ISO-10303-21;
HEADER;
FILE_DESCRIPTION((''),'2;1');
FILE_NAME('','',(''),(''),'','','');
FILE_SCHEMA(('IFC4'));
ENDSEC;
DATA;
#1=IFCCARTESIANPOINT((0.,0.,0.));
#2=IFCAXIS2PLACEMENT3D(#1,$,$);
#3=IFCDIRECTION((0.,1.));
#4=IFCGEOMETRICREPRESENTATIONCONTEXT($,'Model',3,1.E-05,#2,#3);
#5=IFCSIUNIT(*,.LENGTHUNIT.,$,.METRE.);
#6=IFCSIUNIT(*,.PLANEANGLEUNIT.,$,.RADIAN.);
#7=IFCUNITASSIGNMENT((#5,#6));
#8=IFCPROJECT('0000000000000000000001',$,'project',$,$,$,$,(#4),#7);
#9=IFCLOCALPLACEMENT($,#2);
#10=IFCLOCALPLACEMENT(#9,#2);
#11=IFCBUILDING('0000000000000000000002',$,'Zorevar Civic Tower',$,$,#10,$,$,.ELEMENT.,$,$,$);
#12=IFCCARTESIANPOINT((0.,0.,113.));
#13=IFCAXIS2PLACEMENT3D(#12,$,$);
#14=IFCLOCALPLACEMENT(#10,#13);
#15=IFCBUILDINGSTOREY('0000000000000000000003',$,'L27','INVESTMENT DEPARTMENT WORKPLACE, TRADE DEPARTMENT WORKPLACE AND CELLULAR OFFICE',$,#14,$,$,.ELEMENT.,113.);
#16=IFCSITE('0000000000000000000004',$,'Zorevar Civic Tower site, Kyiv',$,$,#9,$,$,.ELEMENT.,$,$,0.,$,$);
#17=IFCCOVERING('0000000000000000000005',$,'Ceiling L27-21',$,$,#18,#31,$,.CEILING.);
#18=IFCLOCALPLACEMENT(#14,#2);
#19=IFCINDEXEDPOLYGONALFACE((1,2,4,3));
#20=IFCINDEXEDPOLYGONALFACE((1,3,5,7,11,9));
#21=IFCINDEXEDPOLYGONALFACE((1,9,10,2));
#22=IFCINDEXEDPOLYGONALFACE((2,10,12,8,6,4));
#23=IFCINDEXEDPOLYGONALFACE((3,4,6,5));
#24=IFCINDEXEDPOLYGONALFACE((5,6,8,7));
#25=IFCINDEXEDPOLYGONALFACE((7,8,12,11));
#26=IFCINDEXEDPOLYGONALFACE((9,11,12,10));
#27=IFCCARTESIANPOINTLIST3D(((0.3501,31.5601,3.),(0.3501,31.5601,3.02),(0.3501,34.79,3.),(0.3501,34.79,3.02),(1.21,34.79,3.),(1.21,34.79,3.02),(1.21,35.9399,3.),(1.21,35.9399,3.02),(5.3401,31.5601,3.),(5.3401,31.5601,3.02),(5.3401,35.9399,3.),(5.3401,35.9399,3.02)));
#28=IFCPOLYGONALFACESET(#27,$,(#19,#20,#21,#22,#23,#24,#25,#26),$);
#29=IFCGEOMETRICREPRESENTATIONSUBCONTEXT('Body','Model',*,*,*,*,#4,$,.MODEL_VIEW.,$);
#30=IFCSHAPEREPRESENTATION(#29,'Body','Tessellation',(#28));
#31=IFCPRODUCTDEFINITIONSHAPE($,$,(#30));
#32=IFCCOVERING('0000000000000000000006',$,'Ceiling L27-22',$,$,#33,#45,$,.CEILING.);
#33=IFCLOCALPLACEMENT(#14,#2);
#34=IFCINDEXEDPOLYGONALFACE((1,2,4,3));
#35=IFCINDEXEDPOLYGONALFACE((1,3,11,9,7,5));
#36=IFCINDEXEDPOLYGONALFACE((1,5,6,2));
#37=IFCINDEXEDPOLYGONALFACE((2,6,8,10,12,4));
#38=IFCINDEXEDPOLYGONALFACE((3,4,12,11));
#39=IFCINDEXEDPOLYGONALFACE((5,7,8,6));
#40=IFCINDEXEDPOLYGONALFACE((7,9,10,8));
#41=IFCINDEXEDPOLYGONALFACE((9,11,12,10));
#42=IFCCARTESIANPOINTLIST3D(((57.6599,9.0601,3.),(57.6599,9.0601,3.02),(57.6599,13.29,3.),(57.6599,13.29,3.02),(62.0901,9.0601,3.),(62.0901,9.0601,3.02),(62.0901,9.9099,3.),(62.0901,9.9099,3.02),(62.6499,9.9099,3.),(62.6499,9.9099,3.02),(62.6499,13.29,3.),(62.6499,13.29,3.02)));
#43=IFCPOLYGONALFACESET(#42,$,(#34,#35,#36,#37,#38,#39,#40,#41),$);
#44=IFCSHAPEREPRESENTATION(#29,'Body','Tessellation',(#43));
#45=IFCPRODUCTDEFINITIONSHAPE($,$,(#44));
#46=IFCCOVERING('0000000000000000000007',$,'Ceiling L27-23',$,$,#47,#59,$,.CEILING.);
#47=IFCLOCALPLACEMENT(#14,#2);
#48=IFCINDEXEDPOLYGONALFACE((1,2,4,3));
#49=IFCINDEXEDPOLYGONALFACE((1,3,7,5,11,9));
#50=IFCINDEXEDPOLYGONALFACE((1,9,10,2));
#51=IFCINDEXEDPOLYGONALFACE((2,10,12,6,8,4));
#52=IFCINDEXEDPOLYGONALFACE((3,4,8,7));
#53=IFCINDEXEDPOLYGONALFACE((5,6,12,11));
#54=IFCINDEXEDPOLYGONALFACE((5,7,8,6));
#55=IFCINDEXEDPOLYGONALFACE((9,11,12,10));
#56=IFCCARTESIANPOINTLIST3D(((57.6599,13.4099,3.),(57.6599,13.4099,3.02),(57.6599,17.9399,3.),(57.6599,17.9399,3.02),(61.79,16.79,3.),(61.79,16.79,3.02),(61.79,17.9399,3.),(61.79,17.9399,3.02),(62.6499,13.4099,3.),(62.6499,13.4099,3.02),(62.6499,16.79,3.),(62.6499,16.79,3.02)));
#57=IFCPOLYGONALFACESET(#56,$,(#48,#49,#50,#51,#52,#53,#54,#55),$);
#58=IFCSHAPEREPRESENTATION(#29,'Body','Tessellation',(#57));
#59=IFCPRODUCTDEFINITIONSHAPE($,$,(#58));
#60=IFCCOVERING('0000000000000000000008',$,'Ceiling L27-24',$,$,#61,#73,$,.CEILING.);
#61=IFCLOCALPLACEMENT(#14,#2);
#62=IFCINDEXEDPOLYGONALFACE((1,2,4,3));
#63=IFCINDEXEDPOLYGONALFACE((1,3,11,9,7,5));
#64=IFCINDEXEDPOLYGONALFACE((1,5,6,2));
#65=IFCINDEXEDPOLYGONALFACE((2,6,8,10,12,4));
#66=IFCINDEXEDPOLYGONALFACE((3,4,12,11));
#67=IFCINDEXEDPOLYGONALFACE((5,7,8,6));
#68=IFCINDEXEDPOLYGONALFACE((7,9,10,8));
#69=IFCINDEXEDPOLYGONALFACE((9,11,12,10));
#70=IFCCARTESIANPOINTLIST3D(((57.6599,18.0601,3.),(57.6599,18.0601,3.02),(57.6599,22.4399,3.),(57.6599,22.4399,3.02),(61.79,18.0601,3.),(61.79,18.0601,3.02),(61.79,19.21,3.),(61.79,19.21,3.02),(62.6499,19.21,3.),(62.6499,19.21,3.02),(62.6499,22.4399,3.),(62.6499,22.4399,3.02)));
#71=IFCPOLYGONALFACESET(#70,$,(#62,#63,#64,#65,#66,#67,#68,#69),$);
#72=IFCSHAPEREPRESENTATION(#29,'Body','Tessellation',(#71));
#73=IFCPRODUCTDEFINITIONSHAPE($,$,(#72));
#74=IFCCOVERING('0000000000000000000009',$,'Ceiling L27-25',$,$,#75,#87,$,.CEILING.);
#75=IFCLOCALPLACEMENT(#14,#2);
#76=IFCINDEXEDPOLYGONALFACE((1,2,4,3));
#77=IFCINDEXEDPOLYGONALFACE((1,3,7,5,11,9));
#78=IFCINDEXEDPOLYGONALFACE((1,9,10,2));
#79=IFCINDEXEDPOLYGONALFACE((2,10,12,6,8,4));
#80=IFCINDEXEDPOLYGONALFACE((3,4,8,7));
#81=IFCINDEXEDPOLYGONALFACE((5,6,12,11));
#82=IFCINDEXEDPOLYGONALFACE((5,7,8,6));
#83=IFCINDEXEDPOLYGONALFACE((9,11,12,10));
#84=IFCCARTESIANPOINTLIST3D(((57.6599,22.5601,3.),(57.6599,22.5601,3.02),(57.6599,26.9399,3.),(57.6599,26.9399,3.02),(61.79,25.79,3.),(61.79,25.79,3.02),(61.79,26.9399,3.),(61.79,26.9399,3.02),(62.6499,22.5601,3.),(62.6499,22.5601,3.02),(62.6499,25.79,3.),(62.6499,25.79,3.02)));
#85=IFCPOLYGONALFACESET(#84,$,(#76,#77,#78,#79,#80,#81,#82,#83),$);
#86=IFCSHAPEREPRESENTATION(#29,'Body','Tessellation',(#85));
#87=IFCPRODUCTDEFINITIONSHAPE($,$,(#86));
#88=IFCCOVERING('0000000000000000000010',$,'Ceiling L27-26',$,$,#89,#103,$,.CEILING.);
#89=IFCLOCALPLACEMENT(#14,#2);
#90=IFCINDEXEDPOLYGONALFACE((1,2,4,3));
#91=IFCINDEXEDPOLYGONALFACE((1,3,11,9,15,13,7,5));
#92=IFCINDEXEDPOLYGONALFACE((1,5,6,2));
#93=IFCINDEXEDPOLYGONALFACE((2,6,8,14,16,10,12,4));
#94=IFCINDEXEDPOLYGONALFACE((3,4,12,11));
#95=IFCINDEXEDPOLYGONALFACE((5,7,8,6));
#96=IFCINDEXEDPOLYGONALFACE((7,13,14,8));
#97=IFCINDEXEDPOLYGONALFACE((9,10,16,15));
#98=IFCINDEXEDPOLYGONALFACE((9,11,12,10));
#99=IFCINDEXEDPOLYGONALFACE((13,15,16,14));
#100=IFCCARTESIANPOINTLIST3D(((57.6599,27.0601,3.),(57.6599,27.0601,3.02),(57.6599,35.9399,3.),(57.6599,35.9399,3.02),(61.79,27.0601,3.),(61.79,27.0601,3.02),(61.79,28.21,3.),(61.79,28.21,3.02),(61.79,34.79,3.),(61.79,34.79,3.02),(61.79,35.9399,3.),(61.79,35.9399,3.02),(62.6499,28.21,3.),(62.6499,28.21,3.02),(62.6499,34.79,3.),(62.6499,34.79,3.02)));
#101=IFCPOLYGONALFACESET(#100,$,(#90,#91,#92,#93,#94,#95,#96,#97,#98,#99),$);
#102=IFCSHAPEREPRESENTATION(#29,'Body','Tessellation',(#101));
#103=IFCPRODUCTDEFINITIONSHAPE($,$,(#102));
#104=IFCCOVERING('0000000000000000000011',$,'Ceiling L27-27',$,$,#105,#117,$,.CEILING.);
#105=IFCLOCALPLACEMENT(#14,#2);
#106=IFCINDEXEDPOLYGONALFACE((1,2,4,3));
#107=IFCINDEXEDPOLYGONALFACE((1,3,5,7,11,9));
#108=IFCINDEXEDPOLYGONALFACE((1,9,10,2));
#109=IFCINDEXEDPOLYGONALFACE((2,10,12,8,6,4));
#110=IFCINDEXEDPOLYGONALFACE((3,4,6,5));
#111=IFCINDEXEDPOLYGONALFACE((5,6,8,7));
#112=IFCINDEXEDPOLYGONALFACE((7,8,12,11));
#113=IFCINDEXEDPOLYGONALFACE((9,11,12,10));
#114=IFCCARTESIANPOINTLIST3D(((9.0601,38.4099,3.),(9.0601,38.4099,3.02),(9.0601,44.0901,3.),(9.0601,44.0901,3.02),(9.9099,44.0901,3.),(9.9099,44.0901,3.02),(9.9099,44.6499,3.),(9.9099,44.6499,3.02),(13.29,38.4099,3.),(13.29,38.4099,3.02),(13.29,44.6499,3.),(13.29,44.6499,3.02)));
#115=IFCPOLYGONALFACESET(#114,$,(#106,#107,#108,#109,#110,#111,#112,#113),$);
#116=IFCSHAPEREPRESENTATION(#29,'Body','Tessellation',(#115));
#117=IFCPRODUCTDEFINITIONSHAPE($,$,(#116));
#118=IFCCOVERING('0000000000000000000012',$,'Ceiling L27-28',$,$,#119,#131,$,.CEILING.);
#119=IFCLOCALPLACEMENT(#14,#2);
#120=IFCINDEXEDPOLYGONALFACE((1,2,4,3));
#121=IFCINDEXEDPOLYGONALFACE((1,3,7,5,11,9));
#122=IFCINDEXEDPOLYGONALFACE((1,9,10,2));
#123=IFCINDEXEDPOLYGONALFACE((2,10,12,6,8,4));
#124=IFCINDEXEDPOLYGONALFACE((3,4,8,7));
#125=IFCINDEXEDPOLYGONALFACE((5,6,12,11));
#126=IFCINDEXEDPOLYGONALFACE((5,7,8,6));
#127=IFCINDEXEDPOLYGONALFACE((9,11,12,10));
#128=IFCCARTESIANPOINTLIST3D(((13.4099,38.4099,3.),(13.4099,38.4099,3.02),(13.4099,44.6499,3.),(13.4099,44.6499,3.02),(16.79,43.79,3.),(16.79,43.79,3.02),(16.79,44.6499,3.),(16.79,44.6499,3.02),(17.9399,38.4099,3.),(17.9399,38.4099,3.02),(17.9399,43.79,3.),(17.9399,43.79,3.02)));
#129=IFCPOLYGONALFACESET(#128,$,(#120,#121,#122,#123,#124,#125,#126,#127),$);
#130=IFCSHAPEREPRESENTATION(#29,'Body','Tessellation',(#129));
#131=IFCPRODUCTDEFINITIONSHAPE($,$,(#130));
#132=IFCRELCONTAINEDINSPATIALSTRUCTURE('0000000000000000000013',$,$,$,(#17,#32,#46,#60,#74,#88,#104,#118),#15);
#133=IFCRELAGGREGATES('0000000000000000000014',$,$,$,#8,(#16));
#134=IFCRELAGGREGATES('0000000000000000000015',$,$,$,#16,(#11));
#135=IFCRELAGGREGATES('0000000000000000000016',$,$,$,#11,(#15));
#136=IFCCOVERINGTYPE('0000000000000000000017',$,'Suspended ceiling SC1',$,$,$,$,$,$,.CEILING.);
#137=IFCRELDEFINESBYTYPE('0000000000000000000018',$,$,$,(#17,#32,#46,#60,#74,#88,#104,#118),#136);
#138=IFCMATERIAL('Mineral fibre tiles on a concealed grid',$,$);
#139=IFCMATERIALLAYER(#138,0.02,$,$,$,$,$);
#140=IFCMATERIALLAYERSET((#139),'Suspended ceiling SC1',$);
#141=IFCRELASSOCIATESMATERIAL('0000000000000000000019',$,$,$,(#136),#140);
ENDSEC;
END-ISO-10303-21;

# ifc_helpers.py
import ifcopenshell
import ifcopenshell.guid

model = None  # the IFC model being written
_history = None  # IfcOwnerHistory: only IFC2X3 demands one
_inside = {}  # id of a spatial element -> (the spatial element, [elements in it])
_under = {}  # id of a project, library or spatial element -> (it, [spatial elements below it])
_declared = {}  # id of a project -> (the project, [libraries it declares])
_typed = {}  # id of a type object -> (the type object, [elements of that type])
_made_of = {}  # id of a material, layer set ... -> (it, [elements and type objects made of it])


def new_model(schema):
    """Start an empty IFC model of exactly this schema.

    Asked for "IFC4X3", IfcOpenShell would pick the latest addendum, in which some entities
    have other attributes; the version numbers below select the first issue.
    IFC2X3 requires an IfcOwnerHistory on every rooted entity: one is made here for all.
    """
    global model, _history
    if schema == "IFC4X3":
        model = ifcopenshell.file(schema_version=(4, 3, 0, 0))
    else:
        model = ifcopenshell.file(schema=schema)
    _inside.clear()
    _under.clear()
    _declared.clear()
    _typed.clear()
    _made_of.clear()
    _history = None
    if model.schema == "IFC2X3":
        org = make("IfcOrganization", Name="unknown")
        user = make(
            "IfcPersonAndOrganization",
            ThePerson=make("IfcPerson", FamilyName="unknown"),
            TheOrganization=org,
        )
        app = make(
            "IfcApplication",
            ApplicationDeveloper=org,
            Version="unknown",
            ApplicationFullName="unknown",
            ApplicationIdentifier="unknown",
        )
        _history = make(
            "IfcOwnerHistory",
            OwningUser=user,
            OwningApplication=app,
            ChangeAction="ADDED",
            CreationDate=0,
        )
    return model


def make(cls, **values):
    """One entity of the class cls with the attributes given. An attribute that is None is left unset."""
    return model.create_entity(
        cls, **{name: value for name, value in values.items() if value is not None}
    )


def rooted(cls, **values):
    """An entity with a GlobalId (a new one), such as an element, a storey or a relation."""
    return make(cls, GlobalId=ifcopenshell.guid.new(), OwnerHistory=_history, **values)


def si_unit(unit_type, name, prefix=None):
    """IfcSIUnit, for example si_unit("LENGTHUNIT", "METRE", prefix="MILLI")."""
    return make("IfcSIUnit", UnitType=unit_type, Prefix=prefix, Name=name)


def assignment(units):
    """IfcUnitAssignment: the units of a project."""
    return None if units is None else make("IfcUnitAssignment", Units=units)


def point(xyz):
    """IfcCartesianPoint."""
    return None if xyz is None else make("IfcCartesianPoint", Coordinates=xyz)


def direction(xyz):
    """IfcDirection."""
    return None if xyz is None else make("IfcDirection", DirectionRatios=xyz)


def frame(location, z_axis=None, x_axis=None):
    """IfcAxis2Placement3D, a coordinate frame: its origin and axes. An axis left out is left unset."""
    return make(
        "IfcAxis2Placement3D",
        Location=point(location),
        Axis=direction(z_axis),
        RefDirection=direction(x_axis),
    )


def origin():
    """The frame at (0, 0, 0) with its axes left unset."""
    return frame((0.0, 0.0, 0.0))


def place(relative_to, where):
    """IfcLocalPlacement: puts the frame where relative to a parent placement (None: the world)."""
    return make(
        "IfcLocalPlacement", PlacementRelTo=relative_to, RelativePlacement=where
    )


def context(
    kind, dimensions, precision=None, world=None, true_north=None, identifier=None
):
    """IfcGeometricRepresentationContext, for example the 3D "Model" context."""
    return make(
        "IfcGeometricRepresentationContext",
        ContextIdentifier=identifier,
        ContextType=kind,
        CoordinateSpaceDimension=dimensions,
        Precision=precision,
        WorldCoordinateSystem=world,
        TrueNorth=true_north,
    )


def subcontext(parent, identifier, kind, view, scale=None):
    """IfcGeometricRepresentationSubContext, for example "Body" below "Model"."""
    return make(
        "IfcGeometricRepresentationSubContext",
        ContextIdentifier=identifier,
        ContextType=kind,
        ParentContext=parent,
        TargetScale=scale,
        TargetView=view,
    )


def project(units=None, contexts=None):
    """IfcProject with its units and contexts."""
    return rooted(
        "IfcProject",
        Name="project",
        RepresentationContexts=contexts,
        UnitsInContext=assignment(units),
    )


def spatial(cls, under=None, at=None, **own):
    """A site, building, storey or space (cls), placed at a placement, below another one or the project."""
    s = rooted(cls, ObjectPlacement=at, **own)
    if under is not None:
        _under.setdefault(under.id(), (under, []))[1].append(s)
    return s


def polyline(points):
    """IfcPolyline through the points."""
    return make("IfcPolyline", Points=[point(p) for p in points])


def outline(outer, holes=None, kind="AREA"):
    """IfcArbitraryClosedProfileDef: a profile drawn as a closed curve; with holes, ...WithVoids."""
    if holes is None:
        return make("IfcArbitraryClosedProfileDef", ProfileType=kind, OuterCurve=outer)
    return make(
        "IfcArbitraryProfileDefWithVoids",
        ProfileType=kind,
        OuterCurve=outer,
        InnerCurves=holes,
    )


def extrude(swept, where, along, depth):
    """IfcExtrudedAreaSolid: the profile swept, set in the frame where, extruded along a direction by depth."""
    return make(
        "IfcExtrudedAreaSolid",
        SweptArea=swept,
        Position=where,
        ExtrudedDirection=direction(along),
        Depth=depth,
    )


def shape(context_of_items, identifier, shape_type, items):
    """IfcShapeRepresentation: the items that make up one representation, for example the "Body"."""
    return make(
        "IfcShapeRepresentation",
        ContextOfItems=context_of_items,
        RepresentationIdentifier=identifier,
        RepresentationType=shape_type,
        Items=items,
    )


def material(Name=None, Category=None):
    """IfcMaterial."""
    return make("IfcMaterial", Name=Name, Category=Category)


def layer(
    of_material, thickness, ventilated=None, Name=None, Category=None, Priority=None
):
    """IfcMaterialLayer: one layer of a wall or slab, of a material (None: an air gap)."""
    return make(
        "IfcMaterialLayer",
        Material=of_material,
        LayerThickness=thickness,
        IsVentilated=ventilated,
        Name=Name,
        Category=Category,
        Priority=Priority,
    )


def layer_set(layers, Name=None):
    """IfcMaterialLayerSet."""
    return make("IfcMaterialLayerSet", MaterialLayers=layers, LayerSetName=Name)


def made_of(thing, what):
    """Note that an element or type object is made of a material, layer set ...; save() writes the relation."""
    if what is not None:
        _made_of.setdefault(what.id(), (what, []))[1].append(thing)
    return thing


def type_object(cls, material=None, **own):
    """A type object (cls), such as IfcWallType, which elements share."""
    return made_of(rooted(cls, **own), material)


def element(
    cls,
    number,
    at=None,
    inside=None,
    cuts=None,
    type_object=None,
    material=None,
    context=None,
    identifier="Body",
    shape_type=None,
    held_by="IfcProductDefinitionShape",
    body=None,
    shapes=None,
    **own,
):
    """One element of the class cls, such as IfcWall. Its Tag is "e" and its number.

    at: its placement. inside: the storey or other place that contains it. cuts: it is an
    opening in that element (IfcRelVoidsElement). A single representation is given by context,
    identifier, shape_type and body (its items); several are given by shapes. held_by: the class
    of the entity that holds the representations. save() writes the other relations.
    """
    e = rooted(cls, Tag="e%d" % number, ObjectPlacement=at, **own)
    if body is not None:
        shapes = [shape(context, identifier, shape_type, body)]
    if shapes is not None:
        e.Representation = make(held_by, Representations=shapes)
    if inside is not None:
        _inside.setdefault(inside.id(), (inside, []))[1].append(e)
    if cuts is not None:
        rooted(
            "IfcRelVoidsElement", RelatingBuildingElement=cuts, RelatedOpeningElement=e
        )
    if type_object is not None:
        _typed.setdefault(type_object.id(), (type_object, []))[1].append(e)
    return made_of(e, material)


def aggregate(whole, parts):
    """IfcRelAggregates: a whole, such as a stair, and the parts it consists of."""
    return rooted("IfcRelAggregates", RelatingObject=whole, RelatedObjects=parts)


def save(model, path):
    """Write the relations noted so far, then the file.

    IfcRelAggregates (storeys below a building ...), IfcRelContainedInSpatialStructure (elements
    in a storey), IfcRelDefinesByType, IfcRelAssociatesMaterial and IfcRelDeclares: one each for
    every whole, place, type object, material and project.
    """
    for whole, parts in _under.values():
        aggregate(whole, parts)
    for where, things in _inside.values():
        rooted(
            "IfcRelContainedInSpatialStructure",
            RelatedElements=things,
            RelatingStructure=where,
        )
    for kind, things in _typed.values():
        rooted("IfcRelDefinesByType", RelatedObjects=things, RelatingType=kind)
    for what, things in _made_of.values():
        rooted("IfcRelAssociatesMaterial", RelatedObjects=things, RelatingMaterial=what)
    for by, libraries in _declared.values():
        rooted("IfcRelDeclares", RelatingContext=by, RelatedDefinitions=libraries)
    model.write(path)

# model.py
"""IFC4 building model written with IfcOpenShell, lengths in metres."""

from ifc_helpers import new_model, si_unit, direction, frame, origin, place, context, subcontext, project, spatial, polyline, outline, extrude, material, layer, layer_set, type_object, element, save


model = new_model("IFC4")

# Units and contexts
model_context = context("Model", 3, precision=1e-05, world=origin(), true_north=direction((0.0, 1.0)))
body_context = subcontext(model_context, "Body", "Model", "MODEL_VIEW")
ifc_project = project(units=[si_unit("LENGTHUNIT", "METRE"), si_unit("PLANEANGLEUNIT", "RADIAN")], contexts=[model_context])

# Site, building, storey
site_placement = place(None, origin())
site = spatial("IfcSite", under=ifc_project, at=site_placement, Name="Zorevar Civic Tower site, Kyiv", CompositionType="ELEMENT", RefElevation=0.0)
building_placement = place(site_placement, origin())
building = spatial("IfcBuilding", under=site, at=building_placement, Name="Zorevar Civic Tower", CompositionType="ELEMENT")
storey_placement = place(building_placement, frame((0.0, 0.0, 113.0)))
storey = spatial("IfcBuildingStorey", under=building, at=storey_placement, Name="L27", Description="INVESTMENT DEPARTMENT WORKPLACE, TRADE DEPARTMENT WORKPLACE AND CELLULAR OFFICE", CompositionType="ELEMENT", Elevation=113.0)

# Coverings
ifc_material_1 = material(Name="Mineral fibre tiles on a concealed grid")
ifc_layer_1 = layer(ifc_material_1, 0.02)
ifc_layer_set_1 = layer_set([ifc_layer_1], Name="Suspended ceiling SC1")
covering_type_1 = type_object("IfcCoveringType", Name="Suspended ceiling SC1", PredefinedType="CEILING", material=ifc_layer_set_1)
covering_1_placement = place(storey_placement, frame((0.0, 0.0, 3.0)))
element("IfcCovering", 1, at=covering_1_placement, inside=storey, type_object=covering_type_1, Name="Ceiling L27-21", PredefinedType="CEILING", context=body_context, shape_type="SweptSolid", body=[
    extrude(outline(polyline([(5.3401, 31.5601), (0.3501, 31.5601), (0.3501, 34.79), (1.21, 34.79), (1.21, 35.9399), (5.3401, 35.9399), (5.3401, 31.5601)])), origin(), (0.0, 0.0, 1.0), 0.02),
])
covering_2_placement = place(storey_placement, frame((0.0, 0.0, 3.0)))
element("IfcCovering", 2, at=covering_2_placement, inside=storey, type_object=covering_type_1, Name="Ceiling L27-22", PredefinedType="CEILING", context=body_context, shape_type="SweptSolid", body=[
    extrude(outline(polyline([(57.6599, 13.29), (62.6499, 13.29), (62.6499, 9.9099), (62.0901, 9.9099), (62.0901, 9.0601), (57.6599, 9.0601), (57.6599, 13.29)])), origin(), (0.0, 0.0, 1.0), 0.02),
])
covering_3_placement = place(storey_placement, frame((0.0, 0.0, 3.0)))
element("IfcCovering", 3, at=covering_3_placement, inside=storey, type_object=covering_type_1, Name="Ceiling L27-23", PredefinedType="CEILING", context=body_context, shape_type="SweptSolid", body=[
    extrude(outline(polyline([(57.6599, 17.9399), (61.79, 17.9399), (61.79, 16.79), (62.6499, 16.79), (62.6499, 13.4099), (57.6599, 13.4099), (57.6599, 17.9399)])), origin(), (0.0, 0.0, 1.0), 0.02),
])
covering_4_placement = place(storey_placement, frame((0.0, 0.0, 3.0)))
element("IfcCovering", 4, at=covering_4_placement, inside=storey, type_object=covering_type_1, Name="Ceiling L27-24", PredefinedType="CEILING", context=body_context, shape_type="SweptSolid", body=[
    extrude(outline(polyline([(57.6599, 22.4399), (62.6499, 22.4399), (62.6499, 19.21), (61.79, 19.21), (61.79, 18.0601), (57.6599, 18.0601), (57.6599, 22.4399)])), origin(), (0.0, 0.0, 1.0), 0.02),
])
covering_5_placement = place(storey_placement, frame((0.0, 0.0, 3.0)))
element("IfcCovering", 5, at=covering_5_placement, inside=storey, type_object=covering_type_1, Name="Ceiling L27-25", PredefinedType="CEILING", context=body_context, shape_type="SweptSolid", body=[
    extrude(outline(polyline([(57.6599, 26.9399), (61.79, 26.9399), (61.79, 25.79), (62.6499, 25.79), (62.6499, 22.5601), (57.6599, 22.5601), (57.6599, 26.9399)])), origin(), (0.0, 0.0, 1.0), 0.02),
])
covering_6_placement = place(storey_placement, frame((0.0, 0.0, 3.0)))
element("IfcCovering", 6, at=covering_6_placement, inside=storey, type_object=covering_type_1, Name="Ceiling L27-26", PredefinedType="CEILING", context=body_context, shape_type="SweptSolid", body=[
    extrude(outline(polyline([(62.6499, 28.21), (61.79, 28.21), (61.79, 27.0601), (57.6599, 27.0601), (57.6599, 35.9399), (61.79, 35.9399), (61.79, 34.79), (62.6499, 34.79), (62.6499, 28.21)])), origin(), (0.0, 0.0, 1.0), 0.02),
])
covering_7_placement = place(storey_placement, frame((0.0, 0.0, 3.0)))
element("IfcCovering", 7, at=covering_7_placement, inside=storey, type_object=covering_type_1, Name="Ceiling L27-27", PredefinedType="CEILING", context=body_context, shape_type="SweptSolid", body=[
    extrude(outline(polyline([(9.0601, 38.4099), (9.0601, 44.0901), (9.9099, 44.0901), (9.9099, 44.6499), (13.29, 44.6499), (13.29, 38.4099), (9.0601, 38.4099)])), origin(), (0.0, 0.0, 1.0), 0.02),
])
covering_8_placement = place(storey_placement, frame((0.0, 0.0, 3.0)))
element("IfcCovering", 8, at=covering_8_placement, inside=storey, type_object=covering_type_1, Name="Ceiling L27-28", PredefinedType="CEILING", context=body_context, shape_type="SweptSolid", body=[
    extrude(outline(polyline([(13.4099, 38.4099), (13.4099, 44.6499), (16.79, 44.6499), (16.79, 43.79), (17.9399, 43.79), (17.9399, 38.4099), (13.4099, 38.4099)])), origin(), (0.0, 0.0, 1.0), 0.02),
])

save(model, "model.ifc")
